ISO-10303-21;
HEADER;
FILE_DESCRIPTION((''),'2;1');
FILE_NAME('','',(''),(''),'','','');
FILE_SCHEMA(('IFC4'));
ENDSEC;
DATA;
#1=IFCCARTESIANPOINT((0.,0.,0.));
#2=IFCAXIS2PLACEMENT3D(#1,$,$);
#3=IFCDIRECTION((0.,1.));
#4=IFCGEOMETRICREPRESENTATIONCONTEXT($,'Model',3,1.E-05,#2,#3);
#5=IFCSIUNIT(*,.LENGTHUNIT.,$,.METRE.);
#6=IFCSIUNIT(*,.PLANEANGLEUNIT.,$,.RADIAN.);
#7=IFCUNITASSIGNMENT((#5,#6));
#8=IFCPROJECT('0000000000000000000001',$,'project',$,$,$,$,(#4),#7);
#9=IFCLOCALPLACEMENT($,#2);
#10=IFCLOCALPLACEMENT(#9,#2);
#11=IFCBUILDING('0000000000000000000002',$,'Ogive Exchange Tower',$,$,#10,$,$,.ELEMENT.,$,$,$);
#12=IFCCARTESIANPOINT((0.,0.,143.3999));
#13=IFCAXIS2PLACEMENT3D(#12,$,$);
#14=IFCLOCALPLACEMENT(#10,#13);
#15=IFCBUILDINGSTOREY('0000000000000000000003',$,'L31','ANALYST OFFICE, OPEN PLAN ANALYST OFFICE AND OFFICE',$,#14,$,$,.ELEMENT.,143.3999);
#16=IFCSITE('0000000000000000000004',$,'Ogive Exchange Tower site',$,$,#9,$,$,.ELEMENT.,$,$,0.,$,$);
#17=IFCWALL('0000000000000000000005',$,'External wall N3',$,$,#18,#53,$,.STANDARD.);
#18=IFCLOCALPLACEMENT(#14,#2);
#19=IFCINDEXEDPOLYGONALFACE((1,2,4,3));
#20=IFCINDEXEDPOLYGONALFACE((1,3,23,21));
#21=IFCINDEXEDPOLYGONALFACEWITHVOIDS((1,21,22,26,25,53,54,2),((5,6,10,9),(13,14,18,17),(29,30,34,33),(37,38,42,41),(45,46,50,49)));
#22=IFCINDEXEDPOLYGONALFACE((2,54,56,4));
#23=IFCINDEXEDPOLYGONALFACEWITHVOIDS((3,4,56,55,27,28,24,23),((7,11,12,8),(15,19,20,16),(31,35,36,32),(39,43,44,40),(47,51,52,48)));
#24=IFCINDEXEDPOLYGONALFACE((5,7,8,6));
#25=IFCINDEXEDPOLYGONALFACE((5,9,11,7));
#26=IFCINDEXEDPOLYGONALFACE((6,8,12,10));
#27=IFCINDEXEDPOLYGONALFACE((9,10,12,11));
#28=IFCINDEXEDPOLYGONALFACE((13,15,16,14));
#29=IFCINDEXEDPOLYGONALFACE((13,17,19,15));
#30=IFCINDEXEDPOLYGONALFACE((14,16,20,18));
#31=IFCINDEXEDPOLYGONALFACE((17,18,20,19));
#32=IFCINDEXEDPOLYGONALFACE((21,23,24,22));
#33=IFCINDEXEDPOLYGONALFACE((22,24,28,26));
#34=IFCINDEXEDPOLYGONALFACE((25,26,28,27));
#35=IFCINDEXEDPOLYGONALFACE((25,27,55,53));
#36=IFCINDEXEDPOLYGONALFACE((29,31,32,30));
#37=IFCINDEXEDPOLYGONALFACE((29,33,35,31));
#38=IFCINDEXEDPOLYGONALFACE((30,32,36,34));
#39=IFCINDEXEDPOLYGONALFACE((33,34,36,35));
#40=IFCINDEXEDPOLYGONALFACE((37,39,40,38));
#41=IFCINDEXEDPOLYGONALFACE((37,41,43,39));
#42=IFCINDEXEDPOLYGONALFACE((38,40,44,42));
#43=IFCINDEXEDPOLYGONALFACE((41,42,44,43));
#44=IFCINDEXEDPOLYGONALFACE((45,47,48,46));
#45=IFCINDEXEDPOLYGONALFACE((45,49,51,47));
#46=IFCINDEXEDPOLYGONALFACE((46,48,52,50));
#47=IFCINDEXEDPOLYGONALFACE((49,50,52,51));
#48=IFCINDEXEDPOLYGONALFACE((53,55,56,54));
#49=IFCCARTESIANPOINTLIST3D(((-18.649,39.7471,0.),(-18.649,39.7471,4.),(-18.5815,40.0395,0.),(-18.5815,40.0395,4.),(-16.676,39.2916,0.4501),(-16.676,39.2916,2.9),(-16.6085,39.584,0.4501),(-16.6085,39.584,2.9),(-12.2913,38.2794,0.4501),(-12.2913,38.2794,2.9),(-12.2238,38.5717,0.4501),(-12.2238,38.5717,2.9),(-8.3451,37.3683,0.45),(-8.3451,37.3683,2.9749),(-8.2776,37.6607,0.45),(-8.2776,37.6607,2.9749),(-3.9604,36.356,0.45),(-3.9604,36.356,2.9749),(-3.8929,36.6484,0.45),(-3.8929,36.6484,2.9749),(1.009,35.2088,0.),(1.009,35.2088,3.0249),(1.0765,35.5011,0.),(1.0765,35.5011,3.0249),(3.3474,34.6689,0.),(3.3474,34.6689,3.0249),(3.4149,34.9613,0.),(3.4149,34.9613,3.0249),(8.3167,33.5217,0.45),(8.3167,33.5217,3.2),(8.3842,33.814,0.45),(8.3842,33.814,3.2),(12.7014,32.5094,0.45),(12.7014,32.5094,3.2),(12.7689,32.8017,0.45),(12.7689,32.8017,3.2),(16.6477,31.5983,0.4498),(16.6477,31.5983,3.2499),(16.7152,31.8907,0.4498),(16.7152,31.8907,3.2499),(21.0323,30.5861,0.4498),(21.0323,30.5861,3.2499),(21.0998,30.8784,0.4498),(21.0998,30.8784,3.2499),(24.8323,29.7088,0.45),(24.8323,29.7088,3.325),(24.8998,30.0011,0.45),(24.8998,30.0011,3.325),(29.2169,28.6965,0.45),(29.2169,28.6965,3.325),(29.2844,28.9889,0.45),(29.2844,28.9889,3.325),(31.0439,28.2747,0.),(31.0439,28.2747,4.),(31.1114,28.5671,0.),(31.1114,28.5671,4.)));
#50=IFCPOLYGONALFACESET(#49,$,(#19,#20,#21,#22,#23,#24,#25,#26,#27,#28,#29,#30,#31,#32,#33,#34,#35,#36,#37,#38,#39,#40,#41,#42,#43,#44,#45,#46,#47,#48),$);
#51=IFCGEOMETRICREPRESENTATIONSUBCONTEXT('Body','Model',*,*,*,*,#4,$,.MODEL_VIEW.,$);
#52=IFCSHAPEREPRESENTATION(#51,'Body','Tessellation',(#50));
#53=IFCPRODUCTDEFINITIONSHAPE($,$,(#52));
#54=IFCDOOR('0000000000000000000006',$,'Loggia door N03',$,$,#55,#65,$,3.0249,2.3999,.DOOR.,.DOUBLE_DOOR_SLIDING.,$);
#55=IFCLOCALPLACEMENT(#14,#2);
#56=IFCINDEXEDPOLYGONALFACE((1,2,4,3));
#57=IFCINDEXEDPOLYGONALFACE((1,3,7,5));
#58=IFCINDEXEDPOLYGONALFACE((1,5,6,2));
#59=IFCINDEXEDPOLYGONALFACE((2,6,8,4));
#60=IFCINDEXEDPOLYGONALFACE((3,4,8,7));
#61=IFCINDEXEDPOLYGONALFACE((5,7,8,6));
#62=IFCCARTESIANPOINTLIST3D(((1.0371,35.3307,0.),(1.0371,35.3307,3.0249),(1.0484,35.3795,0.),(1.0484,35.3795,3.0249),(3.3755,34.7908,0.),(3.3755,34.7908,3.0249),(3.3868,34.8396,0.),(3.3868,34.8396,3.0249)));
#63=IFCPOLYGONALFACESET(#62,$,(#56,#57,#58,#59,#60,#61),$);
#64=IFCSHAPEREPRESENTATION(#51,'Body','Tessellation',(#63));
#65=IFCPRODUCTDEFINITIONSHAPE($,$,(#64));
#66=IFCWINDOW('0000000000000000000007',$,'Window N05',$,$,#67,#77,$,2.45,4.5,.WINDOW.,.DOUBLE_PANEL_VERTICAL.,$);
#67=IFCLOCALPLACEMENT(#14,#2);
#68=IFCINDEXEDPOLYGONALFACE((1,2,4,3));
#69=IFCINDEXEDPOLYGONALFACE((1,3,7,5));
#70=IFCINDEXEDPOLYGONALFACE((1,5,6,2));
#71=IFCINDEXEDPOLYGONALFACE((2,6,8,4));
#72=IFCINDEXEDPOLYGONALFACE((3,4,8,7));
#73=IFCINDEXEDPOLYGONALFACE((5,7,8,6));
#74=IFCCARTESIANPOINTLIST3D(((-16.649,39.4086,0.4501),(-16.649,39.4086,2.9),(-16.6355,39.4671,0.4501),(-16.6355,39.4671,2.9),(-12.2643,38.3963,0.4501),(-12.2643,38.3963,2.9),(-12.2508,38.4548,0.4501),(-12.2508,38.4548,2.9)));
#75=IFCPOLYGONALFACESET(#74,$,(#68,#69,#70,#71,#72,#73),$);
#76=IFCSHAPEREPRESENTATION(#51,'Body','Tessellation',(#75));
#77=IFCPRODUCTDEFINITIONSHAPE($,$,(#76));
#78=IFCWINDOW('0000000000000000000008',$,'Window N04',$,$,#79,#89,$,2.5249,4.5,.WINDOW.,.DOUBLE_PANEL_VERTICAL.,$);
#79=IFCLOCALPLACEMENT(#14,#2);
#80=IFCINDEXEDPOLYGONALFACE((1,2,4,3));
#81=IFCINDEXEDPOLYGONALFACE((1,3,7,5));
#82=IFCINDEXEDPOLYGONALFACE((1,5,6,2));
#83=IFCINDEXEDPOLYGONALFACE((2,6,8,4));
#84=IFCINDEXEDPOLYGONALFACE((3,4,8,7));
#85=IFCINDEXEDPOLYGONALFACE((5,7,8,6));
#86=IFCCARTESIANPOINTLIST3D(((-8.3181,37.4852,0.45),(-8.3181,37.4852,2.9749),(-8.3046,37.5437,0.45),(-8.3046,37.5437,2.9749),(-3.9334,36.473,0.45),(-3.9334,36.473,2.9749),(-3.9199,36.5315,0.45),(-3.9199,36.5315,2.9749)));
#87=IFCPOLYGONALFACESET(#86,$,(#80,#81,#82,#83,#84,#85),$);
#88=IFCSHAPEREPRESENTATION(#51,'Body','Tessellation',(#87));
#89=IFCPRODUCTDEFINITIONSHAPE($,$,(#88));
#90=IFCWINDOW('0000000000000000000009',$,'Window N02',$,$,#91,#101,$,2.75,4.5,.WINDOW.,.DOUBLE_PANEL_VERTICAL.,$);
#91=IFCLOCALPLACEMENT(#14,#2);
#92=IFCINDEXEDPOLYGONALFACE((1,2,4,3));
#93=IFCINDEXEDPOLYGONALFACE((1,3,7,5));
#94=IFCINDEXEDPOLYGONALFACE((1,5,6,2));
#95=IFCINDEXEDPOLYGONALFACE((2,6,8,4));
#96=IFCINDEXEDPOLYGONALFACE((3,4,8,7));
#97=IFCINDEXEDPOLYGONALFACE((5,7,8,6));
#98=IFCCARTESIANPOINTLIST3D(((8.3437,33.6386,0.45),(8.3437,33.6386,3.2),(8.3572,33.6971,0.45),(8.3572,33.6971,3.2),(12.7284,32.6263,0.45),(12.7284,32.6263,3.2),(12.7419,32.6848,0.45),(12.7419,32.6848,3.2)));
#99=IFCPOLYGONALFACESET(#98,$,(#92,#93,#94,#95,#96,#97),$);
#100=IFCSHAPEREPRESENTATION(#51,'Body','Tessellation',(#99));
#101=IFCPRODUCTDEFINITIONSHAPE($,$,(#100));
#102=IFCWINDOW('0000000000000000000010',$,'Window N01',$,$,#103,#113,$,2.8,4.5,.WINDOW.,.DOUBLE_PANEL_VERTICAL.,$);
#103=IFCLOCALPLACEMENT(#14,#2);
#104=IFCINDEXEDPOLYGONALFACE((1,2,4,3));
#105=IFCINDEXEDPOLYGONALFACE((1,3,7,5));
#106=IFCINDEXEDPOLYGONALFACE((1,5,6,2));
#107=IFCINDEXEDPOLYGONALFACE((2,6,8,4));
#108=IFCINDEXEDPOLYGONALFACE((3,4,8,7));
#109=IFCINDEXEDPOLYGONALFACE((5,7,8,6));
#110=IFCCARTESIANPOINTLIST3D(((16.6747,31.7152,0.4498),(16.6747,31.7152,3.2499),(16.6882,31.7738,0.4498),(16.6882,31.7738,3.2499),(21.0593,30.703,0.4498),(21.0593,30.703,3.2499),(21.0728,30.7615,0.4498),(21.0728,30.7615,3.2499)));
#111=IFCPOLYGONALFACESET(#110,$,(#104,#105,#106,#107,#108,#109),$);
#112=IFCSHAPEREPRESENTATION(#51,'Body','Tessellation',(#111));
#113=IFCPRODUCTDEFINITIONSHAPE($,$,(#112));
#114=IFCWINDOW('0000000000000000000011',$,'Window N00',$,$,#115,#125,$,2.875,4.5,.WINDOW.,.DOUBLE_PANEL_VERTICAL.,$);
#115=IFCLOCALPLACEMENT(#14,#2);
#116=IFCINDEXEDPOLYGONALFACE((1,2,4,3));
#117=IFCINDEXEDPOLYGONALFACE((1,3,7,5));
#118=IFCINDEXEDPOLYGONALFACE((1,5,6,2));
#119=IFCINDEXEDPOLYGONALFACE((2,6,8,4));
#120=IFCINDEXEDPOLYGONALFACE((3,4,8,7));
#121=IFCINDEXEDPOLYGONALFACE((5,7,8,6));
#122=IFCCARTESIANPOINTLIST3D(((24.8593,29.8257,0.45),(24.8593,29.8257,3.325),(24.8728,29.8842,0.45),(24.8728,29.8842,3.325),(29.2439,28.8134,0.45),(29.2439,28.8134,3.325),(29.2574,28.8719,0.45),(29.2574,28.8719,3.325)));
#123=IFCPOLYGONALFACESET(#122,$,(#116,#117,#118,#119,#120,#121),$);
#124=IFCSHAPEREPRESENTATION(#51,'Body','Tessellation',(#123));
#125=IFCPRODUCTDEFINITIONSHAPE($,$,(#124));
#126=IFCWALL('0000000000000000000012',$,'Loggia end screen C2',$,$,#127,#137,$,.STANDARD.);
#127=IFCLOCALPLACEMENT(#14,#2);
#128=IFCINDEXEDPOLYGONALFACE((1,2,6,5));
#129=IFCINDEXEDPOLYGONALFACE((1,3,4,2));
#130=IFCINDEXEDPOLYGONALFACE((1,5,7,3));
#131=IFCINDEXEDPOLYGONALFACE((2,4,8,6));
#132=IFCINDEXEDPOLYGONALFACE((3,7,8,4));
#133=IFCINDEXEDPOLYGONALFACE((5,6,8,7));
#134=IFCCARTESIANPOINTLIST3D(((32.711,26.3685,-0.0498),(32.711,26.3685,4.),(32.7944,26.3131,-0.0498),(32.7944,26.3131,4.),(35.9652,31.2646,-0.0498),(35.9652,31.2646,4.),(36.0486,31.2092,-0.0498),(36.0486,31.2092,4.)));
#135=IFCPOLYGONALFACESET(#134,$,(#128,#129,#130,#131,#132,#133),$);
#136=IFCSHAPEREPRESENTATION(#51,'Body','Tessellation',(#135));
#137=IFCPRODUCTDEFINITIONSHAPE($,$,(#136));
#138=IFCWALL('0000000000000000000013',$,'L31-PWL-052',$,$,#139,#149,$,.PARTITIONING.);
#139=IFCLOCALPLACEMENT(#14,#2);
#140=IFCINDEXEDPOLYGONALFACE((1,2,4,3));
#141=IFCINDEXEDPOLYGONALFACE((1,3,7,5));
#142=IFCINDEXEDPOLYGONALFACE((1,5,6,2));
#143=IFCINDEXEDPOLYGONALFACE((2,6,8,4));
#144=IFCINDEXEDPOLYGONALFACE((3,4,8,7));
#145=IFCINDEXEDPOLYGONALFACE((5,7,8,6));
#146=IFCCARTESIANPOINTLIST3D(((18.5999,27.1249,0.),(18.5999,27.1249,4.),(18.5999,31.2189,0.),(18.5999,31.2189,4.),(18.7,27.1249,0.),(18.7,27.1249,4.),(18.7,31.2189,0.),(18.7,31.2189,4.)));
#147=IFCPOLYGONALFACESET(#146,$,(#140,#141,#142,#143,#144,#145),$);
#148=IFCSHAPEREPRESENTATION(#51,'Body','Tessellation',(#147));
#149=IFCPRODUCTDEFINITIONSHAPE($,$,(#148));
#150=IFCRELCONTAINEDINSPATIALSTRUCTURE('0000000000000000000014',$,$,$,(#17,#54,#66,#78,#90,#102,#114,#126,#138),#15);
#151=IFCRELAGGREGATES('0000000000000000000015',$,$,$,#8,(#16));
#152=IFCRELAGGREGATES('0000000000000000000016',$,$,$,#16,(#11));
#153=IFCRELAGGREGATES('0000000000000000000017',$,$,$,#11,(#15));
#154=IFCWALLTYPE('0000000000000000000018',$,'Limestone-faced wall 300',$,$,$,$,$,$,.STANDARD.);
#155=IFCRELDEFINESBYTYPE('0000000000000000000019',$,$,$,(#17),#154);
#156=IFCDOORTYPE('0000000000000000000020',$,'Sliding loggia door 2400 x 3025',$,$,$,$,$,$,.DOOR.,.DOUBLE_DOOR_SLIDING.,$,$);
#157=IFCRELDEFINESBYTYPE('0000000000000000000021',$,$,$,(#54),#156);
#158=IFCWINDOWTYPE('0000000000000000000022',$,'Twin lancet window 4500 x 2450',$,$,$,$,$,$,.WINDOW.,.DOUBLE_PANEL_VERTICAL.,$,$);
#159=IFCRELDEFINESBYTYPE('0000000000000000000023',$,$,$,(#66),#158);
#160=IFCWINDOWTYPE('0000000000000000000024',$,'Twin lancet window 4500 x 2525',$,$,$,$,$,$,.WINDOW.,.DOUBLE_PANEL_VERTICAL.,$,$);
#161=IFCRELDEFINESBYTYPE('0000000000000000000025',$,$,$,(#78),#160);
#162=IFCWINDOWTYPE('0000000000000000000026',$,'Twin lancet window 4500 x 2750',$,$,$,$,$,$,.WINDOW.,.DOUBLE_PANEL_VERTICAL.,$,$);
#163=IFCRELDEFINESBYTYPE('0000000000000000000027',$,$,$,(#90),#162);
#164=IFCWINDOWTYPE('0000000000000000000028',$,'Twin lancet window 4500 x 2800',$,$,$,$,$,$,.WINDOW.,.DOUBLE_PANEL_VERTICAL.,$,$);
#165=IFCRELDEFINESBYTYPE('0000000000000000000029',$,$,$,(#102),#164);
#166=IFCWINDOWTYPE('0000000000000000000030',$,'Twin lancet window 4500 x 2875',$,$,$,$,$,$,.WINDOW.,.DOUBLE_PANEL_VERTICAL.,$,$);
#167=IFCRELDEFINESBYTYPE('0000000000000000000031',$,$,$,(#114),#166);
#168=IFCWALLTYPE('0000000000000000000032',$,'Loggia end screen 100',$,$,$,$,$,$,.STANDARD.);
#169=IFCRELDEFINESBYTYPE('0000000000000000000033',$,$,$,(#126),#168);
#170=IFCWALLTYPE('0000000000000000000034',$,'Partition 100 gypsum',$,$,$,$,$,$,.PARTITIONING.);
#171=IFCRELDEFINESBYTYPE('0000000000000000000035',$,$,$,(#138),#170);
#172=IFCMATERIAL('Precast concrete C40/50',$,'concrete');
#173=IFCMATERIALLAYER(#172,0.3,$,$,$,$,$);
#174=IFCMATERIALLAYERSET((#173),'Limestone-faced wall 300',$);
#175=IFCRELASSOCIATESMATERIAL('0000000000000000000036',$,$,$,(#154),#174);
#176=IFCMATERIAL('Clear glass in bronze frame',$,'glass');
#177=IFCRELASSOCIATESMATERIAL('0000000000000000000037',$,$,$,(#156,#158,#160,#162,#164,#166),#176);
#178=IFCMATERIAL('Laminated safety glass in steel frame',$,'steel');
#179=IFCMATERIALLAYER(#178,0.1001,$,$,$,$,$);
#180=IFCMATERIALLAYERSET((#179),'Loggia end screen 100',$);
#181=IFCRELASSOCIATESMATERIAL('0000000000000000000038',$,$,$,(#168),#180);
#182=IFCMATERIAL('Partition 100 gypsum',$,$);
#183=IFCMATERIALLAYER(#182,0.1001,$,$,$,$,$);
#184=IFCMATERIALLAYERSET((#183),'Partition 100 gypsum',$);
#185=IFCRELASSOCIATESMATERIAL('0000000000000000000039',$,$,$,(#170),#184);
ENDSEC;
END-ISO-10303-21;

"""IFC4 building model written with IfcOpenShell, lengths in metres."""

from ifc_helpers import new_model, si_unit, direction, frame, frame_2d, origin, place, context, subcontext, project, spatial, rectangle, extrude, material, layer, layer_set, type_object, element, fill, save


model = new_model("IFC4")

# Units and contexts
model_context = context("Model", 3, precision=1e-05, world=origin(), true_north=direction((0.0, 1.0)))
body_context = subcontext(model_context, "Body", "Model", "MODEL_VIEW")
ifc_project = project(units=[si_unit("LENGTHUNIT", "METRE"), si_unit("PLANEANGLEUNIT", "RADIAN")], contexts=[model_context])

# Site, building, storey
site_placement = place(None, origin())
site = spatial("IfcSite", under=ifc_project, at=site_placement, Name="Ogive Exchange Tower site", CompositionType="ELEMENT", RefElevation=0.0)
building_placement = place(site_placement, origin())
building = spatial("IfcBuilding", under=site, at=building_placement, Name="Ogive Exchange Tower", CompositionType="ELEMENT")
storey_placement = place(building_placement, frame((0.0, 0.0, 143.3999)))
storey = spatial("IfcBuildingStorey", under=building, at=storey_placement, Name="L31", Description="ANALYST OFFICE, OPEN PLAN ANALYST OFFICE AND OFFICE", CompositionType="ELEMENT", Elevation=143.3999)

# Wall, openings, door, windows
ifc_material_1 = material(Name="Precast concrete C40/50", Category="concrete")
ifc_layer_1 = layer(ifc_material_1, 0.3)
ifc_layer_set_1 = layer_set([ifc_layer_1], Name="Limestone-faced wall 300")
wall_type_1 = type_object("IfcWallType", Name="Limestone-faced wall 300", PredefinedType="STANDARD", material=ifc_layer_set_1)
wall_1_placement = place(storey_placement, frame((31.0776, 28.4209, 0.0), z_axis=(0.0, 0.0, 1.0), x_axis=(-0.97437, 0.224949, 0.0)))
wall_1 = element("IfcWall", 1, at=wall_1_placement, inside=storey, type_object=wall_type_1, Name="External wall N3", PredefinedType="STANDARD", context=body_context, shape_type="SweptSolid", body=[
    extrude(rectangle(XDim=51.0, YDim=0.3, at=frame_2d((25.5, 0.0))), origin(), (0.0, 0.0, 1.0), 4.0),
])
opening_1_placement = place(wall_1_placement, frame((1.875, 0.0, 0.45)))
opening_1 = element("IfcOpeningElement", 2, at=opening_1_placement, cuts=wall_1, PredefinedType="OPENING", context=body_context, shape_type="SweptSolid", body=[
    extrude(rectangle(XDim=4.5, YDim=2.875, at=frame_2d((2.25, 1.4375))), frame((0.0, 0.1599, 0.0), z_axis=(0.0, -1.0, 0.0), x_axis=(1.0, 0.0, 0.0)), (0.0, 0.0, 1.0), 0.3201),
])
opening_2_placement = place(wall_1_placement, frame((10.2749, 0.0, 0.45)))
opening_2 = element("IfcOpeningElement", 3, at=opening_2_placement, cuts=wall_1, PredefinedType="OPENING", context=body_context, shape_type="SweptSolid", body=[
    extrude(rectangle(XDim=4.5, YDim=2.8, at=frame_2d((2.25, 1.3999))), frame((0.0, 0.1599, 0.0), z_axis=(0.0, -1.0, 0.0), x_axis=(1.0, 0.0, 0.0)), (0.0, 0.0, 1.0), 0.3201),
])
opening_3_placement = place(wall_1_placement, frame((18.825, 0.0, 0.45)))
opening_3 = element("IfcOpeningElement", 4, at=opening_3_placement, cuts=wall_1, PredefinedType="OPENING", context=body_context, shape_type="SweptSolid", body=[
    extrude(rectangle(XDim=4.5, YDim=2.75, at=frame_2d((2.25, 1.375))), frame((0.0, 0.1599, 0.0), z_axis=(0.0, -1.0, 0.0), x_axis=(1.0, 0.0, 0.0)), (0.0, 0.0, 1.0), 0.3201),
])
opening_4_placement = place(wall_1_placement, frame((28.425, 0.0, 0.0)))
opening_4 = element("IfcOpeningElement", 5, at=opening_4_placement, cuts=wall_1, PredefinedType="OPENING", context=body_context, shape_type="SweptSolid", body=[
    extrude(rectangle(XDim=2.3999, YDim=3.0249, at=frame_2d((1.2, 1.5125))), frame((0.0, 0.1599, 0.0), z_axis=(0.0, -1.0, 0.0), x_axis=(1.0, 0.0, 0.0)), (0.0, 0.0, 1.0), 0.3201),
])
opening_5_placement = place(wall_1_placement, frame((35.925, 0.0, 0.45)))
opening_5 = element("IfcOpeningElement", 6, at=opening_5_placement, cuts=wall_1, PredefinedType="OPENING", context=body_context, shape_type="SweptSolid", body=[
    extrude(rectangle(XDim=4.5, YDim=2.5249, at=frame_2d((2.25, 1.2625))), frame((0.0, 0.1599, 0.0), z_axis=(0.0, -1.0, 0.0), x_axis=(1.0, 0.0, 0.0)), (0.0, 0.0, 1.0), 0.3201),
])
opening_6_placement = place(wall_1_placement, frame((44.4751, 0.0, 0.45)))
opening_6 = element("IfcOpeningElement", 7, at=opening_6_placement, cuts=wall_1, PredefinedType="OPENING", context=body_context, shape_type="SweptSolid", body=[
    extrude(rectangle(XDim=4.5, YDim=2.45, at=frame_2d((2.25, 1.2251))), frame((0.0, 0.1599, 0.0), z_axis=(0.0, -1.0, 0.0), x_axis=(1.0, 0.0, 0.0)), (0.0, 0.0, 1.0), 0.3201),
])
ifc_material_2 = material(Name="Clear glass in bronze frame", Category="glass")
door_type_1 = type_object("IfcDoorType", Name="Sliding loggia door 2400 x 3025", OperationType="DOUBLE_DOOR_SLIDING", PredefinedType="DOOR", material=ifc_material_2)
door_1_placement = place(opening_4_placement, origin())
door_1 = element("IfcDoor", 8, at=door_1_placement, inside=storey, type_object=door_type_1, Name="Loggia door N03", OperationType="DOUBLE_DOOR_SLIDING", OverallHeight=3.0249, OverallWidth=2.3999, PredefinedType="DOOR", context=body_context, shape_type="SweptSolid", body=[
    extrude(rectangle(XDim=2.3999, YDim=3.0249, at=frame_2d((1.2, 1.5125))), frame((0.0, 0.0249, 0.0), z_axis=(0.0, -1.0, 0.0), x_axis=(1.0, 0.0, 0.0)), (0.0, 0.0, 1.0), 0.05),
])
fill(opening_4, door_1)
window_type_1 = type_object("IfcWindowType", Name="Twin lancet window 4500 x 2450", PartitioningType="DOUBLE_PANEL_VERTICAL", PredefinedType="WINDOW", material=ifc_material_2)
window_1_placement = place(opening_6_placement, origin())
window_1 = element("IfcWindow", 9, at=window_1_placement, inside=storey, type_object=window_type_1, Name="Window N05", OverallHeight=2.45, OverallWidth=4.5, PartitioningType="DOUBLE_PANEL_VERTICAL", PredefinedType="WINDOW", context=body_context, shape_type="SweptSolid", body=[
    extrude(rectangle(XDim=4.5, YDim=2.45, at=frame_2d((2.25, 1.2251))), frame((0.0, 0.03, 0.0), z_axis=(0.0, -1.0, 0.0), x_axis=(1.0, 0.0, 0.0)), (0.0, 0.0, 1.0), 0.0601),
])
fill(opening_6, window_1)
window_type_2 = type_object("IfcWindowType", Name="Twin lancet window 4500 x 2525", PartitioningType="DOUBLE_PANEL_VERTICAL", PredefinedType="WINDOW", material=ifc_material_2)
window_2_placement = place(opening_5_placement, origin())
window_2 = element("IfcWindow", 10, at=window_2_placement, inside=storey, type_object=window_type_2, Name="Window N04", OverallHeight=2.5249, OverallWidth=4.5, PartitioningType="DOUBLE_PANEL_VERTICAL", PredefinedType="WINDOW", context=body_context, shape_type="SweptSolid", body=[
    extrude(rectangle(XDim=4.5, YDim=2.5249, at=frame_2d((2.25, 1.2625))), frame((0.0, 0.03, 0.0), z_axis=(0.0, -1.0, 0.0), x_axis=(1.0, 0.0, 0.0)), (0.0, 0.0, 1.0), 0.0601),
])
fill(opening_5, window_2)
window_type_3 = type_object("IfcWindowType", Name="Twin lancet window 4500 x 2750", PartitioningType="DOUBLE_PANEL_VERTICAL", PredefinedType="WINDOW", material=ifc_material_2)
window_3_placement = place(opening_3_placement, origin())
window_3 = element("IfcWindow", 11, at=window_3_placement, inside=storey, type_object=window_type_3, Name="Window N02", OverallHeight=2.75, OverallWidth=4.5, PartitioningType="DOUBLE_PANEL_VERTICAL", PredefinedType="WINDOW", context=body_context, shape_type="SweptSolid", body=[
    extrude(rectangle(XDim=4.5, YDim=2.75, at=frame_2d((2.25, 1.375))), frame((0.0, 0.03, 0.0), z_axis=(0.0, -1.0, 0.0), x_axis=(1.0, 0.0, 0.0)), (0.0, 0.0, 1.0), 0.0601),
])
fill(opening_3, window_3)
window_type_4 = type_object("IfcWindowType", Name="Twin lancet window 4500 x 2800", PartitioningType="DOUBLE_PANEL_VERTICAL", PredefinedType="WINDOW", material=ifc_material_2)
window_4_placement = place(opening_2_placement, origin())
window_4 = element("IfcWindow", 12, at=window_4_placement, inside=storey, type_object=window_type_4, Name="Window N01", OverallHeight=2.8, OverallWidth=4.5, PartitioningType="DOUBLE_PANEL_VERTICAL", PredefinedType="WINDOW", context=body_context, shape_type="SweptSolid", body=[
    extrude(rectangle(XDim=4.5, YDim=2.8, at=frame_2d((2.25, 1.3999))), frame((0.0, 0.03, 0.0), z_axis=(0.0, -1.0, 0.0), x_axis=(1.0, 0.0, 0.0)), (0.0, 0.0, 1.0), 0.0601),
])
fill(opening_2, window_4)
window_type_5 = type_object("IfcWindowType", Name="Twin lancet window 4500 x 2875", PartitioningType="DOUBLE_PANEL_VERTICAL", PredefinedType="WINDOW", material=ifc_material_2)
window_5_placement = place(opening_1_placement, origin())
window_5 = element("IfcWindow", 13, at=window_5_placement, inside=storey, type_object=window_type_5, Name="Window N00", OverallHeight=2.875, OverallWidth=4.5, PartitioningType="DOUBLE_PANEL_VERTICAL", PredefinedType="WINDOW", context=body_context, shape_type="SweptSolid", body=[
    extrude(rectangle(XDim=4.5, YDim=2.875, at=frame_2d((2.25, 1.4375))), frame((0.0, 0.03, 0.0), z_axis=(0.0, -1.0, 0.0), x_axis=(1.0, 0.0, 0.0)), (0.0, 0.0, 1.0), 0.0601),
])
fill(opening_1, window_5)

# Walls
ifc_material_3 = material(Name="Laminated safety glass in steel frame", Category="steel")
ifc_layer_2 = layer(ifc_material_3, 0.1001)
ifc_layer_set_2 = layer_set([ifc_layer_2], Name="Loggia end screen 100")
wall_type_2 = type_object("IfcWallType", Name="Loggia end screen 100", PredefinedType="STANDARD", material=ifc_layer_set_2)
wall_2_placement = place(storey_placement, frame((32.7527, 26.3408, -0.0498), z_axis=(0.0, 0.0, 1.0), x_axis=(0.55354, 0.832823, 0.0)))
element("IfcWall", 14, at=wall_2_placement, inside=storey, type_object=wall_type_2, Name="Loggia end screen C2", PredefinedType="STANDARD", context=body_context, shape_type="SweptSolid", body=[
    extrude(rectangle(XDim=5.8789, YDim=0.1001, at=frame_2d((2.9395, 0.0))), origin(), (0.0, 0.0, 1.0), 4.0498),
])
ifc_material_4 = material(Name="Partition 100 gypsum")
ifc_layer_3 = layer(ifc_material_4, 0.1001)
ifc_layer_set_3 = layer_set([ifc_layer_3], Name="Partition 100 gypsum")
wall_type_3 = type_object("IfcWallType", Name="Partition 100 gypsum", PredefinedType="PARTITIONING", material=ifc_layer_set_3)
wall_3_placement = place(storey_placement, frame((18.6499, 27.125, 0.0), z_axis=(0.0, 0.0, 1.0), x_axis=(0.0, 1.0, 0.0)))
element("IfcWall", 15, at=wall_3_placement, inside=storey, type_object=wall_type_3, Name="L31-PWL-052", PredefinedType="PARTITIONING", context=body_context, shape_type="SweptSolid", body=[
    extrude(rectangle(XDim=4.094, YDim=0.1001, at=frame_2d((2.0469, 0.0))), origin(), (0.0, 0.0, 1.0), 4.0),
])

save(model, "model.ifc")
